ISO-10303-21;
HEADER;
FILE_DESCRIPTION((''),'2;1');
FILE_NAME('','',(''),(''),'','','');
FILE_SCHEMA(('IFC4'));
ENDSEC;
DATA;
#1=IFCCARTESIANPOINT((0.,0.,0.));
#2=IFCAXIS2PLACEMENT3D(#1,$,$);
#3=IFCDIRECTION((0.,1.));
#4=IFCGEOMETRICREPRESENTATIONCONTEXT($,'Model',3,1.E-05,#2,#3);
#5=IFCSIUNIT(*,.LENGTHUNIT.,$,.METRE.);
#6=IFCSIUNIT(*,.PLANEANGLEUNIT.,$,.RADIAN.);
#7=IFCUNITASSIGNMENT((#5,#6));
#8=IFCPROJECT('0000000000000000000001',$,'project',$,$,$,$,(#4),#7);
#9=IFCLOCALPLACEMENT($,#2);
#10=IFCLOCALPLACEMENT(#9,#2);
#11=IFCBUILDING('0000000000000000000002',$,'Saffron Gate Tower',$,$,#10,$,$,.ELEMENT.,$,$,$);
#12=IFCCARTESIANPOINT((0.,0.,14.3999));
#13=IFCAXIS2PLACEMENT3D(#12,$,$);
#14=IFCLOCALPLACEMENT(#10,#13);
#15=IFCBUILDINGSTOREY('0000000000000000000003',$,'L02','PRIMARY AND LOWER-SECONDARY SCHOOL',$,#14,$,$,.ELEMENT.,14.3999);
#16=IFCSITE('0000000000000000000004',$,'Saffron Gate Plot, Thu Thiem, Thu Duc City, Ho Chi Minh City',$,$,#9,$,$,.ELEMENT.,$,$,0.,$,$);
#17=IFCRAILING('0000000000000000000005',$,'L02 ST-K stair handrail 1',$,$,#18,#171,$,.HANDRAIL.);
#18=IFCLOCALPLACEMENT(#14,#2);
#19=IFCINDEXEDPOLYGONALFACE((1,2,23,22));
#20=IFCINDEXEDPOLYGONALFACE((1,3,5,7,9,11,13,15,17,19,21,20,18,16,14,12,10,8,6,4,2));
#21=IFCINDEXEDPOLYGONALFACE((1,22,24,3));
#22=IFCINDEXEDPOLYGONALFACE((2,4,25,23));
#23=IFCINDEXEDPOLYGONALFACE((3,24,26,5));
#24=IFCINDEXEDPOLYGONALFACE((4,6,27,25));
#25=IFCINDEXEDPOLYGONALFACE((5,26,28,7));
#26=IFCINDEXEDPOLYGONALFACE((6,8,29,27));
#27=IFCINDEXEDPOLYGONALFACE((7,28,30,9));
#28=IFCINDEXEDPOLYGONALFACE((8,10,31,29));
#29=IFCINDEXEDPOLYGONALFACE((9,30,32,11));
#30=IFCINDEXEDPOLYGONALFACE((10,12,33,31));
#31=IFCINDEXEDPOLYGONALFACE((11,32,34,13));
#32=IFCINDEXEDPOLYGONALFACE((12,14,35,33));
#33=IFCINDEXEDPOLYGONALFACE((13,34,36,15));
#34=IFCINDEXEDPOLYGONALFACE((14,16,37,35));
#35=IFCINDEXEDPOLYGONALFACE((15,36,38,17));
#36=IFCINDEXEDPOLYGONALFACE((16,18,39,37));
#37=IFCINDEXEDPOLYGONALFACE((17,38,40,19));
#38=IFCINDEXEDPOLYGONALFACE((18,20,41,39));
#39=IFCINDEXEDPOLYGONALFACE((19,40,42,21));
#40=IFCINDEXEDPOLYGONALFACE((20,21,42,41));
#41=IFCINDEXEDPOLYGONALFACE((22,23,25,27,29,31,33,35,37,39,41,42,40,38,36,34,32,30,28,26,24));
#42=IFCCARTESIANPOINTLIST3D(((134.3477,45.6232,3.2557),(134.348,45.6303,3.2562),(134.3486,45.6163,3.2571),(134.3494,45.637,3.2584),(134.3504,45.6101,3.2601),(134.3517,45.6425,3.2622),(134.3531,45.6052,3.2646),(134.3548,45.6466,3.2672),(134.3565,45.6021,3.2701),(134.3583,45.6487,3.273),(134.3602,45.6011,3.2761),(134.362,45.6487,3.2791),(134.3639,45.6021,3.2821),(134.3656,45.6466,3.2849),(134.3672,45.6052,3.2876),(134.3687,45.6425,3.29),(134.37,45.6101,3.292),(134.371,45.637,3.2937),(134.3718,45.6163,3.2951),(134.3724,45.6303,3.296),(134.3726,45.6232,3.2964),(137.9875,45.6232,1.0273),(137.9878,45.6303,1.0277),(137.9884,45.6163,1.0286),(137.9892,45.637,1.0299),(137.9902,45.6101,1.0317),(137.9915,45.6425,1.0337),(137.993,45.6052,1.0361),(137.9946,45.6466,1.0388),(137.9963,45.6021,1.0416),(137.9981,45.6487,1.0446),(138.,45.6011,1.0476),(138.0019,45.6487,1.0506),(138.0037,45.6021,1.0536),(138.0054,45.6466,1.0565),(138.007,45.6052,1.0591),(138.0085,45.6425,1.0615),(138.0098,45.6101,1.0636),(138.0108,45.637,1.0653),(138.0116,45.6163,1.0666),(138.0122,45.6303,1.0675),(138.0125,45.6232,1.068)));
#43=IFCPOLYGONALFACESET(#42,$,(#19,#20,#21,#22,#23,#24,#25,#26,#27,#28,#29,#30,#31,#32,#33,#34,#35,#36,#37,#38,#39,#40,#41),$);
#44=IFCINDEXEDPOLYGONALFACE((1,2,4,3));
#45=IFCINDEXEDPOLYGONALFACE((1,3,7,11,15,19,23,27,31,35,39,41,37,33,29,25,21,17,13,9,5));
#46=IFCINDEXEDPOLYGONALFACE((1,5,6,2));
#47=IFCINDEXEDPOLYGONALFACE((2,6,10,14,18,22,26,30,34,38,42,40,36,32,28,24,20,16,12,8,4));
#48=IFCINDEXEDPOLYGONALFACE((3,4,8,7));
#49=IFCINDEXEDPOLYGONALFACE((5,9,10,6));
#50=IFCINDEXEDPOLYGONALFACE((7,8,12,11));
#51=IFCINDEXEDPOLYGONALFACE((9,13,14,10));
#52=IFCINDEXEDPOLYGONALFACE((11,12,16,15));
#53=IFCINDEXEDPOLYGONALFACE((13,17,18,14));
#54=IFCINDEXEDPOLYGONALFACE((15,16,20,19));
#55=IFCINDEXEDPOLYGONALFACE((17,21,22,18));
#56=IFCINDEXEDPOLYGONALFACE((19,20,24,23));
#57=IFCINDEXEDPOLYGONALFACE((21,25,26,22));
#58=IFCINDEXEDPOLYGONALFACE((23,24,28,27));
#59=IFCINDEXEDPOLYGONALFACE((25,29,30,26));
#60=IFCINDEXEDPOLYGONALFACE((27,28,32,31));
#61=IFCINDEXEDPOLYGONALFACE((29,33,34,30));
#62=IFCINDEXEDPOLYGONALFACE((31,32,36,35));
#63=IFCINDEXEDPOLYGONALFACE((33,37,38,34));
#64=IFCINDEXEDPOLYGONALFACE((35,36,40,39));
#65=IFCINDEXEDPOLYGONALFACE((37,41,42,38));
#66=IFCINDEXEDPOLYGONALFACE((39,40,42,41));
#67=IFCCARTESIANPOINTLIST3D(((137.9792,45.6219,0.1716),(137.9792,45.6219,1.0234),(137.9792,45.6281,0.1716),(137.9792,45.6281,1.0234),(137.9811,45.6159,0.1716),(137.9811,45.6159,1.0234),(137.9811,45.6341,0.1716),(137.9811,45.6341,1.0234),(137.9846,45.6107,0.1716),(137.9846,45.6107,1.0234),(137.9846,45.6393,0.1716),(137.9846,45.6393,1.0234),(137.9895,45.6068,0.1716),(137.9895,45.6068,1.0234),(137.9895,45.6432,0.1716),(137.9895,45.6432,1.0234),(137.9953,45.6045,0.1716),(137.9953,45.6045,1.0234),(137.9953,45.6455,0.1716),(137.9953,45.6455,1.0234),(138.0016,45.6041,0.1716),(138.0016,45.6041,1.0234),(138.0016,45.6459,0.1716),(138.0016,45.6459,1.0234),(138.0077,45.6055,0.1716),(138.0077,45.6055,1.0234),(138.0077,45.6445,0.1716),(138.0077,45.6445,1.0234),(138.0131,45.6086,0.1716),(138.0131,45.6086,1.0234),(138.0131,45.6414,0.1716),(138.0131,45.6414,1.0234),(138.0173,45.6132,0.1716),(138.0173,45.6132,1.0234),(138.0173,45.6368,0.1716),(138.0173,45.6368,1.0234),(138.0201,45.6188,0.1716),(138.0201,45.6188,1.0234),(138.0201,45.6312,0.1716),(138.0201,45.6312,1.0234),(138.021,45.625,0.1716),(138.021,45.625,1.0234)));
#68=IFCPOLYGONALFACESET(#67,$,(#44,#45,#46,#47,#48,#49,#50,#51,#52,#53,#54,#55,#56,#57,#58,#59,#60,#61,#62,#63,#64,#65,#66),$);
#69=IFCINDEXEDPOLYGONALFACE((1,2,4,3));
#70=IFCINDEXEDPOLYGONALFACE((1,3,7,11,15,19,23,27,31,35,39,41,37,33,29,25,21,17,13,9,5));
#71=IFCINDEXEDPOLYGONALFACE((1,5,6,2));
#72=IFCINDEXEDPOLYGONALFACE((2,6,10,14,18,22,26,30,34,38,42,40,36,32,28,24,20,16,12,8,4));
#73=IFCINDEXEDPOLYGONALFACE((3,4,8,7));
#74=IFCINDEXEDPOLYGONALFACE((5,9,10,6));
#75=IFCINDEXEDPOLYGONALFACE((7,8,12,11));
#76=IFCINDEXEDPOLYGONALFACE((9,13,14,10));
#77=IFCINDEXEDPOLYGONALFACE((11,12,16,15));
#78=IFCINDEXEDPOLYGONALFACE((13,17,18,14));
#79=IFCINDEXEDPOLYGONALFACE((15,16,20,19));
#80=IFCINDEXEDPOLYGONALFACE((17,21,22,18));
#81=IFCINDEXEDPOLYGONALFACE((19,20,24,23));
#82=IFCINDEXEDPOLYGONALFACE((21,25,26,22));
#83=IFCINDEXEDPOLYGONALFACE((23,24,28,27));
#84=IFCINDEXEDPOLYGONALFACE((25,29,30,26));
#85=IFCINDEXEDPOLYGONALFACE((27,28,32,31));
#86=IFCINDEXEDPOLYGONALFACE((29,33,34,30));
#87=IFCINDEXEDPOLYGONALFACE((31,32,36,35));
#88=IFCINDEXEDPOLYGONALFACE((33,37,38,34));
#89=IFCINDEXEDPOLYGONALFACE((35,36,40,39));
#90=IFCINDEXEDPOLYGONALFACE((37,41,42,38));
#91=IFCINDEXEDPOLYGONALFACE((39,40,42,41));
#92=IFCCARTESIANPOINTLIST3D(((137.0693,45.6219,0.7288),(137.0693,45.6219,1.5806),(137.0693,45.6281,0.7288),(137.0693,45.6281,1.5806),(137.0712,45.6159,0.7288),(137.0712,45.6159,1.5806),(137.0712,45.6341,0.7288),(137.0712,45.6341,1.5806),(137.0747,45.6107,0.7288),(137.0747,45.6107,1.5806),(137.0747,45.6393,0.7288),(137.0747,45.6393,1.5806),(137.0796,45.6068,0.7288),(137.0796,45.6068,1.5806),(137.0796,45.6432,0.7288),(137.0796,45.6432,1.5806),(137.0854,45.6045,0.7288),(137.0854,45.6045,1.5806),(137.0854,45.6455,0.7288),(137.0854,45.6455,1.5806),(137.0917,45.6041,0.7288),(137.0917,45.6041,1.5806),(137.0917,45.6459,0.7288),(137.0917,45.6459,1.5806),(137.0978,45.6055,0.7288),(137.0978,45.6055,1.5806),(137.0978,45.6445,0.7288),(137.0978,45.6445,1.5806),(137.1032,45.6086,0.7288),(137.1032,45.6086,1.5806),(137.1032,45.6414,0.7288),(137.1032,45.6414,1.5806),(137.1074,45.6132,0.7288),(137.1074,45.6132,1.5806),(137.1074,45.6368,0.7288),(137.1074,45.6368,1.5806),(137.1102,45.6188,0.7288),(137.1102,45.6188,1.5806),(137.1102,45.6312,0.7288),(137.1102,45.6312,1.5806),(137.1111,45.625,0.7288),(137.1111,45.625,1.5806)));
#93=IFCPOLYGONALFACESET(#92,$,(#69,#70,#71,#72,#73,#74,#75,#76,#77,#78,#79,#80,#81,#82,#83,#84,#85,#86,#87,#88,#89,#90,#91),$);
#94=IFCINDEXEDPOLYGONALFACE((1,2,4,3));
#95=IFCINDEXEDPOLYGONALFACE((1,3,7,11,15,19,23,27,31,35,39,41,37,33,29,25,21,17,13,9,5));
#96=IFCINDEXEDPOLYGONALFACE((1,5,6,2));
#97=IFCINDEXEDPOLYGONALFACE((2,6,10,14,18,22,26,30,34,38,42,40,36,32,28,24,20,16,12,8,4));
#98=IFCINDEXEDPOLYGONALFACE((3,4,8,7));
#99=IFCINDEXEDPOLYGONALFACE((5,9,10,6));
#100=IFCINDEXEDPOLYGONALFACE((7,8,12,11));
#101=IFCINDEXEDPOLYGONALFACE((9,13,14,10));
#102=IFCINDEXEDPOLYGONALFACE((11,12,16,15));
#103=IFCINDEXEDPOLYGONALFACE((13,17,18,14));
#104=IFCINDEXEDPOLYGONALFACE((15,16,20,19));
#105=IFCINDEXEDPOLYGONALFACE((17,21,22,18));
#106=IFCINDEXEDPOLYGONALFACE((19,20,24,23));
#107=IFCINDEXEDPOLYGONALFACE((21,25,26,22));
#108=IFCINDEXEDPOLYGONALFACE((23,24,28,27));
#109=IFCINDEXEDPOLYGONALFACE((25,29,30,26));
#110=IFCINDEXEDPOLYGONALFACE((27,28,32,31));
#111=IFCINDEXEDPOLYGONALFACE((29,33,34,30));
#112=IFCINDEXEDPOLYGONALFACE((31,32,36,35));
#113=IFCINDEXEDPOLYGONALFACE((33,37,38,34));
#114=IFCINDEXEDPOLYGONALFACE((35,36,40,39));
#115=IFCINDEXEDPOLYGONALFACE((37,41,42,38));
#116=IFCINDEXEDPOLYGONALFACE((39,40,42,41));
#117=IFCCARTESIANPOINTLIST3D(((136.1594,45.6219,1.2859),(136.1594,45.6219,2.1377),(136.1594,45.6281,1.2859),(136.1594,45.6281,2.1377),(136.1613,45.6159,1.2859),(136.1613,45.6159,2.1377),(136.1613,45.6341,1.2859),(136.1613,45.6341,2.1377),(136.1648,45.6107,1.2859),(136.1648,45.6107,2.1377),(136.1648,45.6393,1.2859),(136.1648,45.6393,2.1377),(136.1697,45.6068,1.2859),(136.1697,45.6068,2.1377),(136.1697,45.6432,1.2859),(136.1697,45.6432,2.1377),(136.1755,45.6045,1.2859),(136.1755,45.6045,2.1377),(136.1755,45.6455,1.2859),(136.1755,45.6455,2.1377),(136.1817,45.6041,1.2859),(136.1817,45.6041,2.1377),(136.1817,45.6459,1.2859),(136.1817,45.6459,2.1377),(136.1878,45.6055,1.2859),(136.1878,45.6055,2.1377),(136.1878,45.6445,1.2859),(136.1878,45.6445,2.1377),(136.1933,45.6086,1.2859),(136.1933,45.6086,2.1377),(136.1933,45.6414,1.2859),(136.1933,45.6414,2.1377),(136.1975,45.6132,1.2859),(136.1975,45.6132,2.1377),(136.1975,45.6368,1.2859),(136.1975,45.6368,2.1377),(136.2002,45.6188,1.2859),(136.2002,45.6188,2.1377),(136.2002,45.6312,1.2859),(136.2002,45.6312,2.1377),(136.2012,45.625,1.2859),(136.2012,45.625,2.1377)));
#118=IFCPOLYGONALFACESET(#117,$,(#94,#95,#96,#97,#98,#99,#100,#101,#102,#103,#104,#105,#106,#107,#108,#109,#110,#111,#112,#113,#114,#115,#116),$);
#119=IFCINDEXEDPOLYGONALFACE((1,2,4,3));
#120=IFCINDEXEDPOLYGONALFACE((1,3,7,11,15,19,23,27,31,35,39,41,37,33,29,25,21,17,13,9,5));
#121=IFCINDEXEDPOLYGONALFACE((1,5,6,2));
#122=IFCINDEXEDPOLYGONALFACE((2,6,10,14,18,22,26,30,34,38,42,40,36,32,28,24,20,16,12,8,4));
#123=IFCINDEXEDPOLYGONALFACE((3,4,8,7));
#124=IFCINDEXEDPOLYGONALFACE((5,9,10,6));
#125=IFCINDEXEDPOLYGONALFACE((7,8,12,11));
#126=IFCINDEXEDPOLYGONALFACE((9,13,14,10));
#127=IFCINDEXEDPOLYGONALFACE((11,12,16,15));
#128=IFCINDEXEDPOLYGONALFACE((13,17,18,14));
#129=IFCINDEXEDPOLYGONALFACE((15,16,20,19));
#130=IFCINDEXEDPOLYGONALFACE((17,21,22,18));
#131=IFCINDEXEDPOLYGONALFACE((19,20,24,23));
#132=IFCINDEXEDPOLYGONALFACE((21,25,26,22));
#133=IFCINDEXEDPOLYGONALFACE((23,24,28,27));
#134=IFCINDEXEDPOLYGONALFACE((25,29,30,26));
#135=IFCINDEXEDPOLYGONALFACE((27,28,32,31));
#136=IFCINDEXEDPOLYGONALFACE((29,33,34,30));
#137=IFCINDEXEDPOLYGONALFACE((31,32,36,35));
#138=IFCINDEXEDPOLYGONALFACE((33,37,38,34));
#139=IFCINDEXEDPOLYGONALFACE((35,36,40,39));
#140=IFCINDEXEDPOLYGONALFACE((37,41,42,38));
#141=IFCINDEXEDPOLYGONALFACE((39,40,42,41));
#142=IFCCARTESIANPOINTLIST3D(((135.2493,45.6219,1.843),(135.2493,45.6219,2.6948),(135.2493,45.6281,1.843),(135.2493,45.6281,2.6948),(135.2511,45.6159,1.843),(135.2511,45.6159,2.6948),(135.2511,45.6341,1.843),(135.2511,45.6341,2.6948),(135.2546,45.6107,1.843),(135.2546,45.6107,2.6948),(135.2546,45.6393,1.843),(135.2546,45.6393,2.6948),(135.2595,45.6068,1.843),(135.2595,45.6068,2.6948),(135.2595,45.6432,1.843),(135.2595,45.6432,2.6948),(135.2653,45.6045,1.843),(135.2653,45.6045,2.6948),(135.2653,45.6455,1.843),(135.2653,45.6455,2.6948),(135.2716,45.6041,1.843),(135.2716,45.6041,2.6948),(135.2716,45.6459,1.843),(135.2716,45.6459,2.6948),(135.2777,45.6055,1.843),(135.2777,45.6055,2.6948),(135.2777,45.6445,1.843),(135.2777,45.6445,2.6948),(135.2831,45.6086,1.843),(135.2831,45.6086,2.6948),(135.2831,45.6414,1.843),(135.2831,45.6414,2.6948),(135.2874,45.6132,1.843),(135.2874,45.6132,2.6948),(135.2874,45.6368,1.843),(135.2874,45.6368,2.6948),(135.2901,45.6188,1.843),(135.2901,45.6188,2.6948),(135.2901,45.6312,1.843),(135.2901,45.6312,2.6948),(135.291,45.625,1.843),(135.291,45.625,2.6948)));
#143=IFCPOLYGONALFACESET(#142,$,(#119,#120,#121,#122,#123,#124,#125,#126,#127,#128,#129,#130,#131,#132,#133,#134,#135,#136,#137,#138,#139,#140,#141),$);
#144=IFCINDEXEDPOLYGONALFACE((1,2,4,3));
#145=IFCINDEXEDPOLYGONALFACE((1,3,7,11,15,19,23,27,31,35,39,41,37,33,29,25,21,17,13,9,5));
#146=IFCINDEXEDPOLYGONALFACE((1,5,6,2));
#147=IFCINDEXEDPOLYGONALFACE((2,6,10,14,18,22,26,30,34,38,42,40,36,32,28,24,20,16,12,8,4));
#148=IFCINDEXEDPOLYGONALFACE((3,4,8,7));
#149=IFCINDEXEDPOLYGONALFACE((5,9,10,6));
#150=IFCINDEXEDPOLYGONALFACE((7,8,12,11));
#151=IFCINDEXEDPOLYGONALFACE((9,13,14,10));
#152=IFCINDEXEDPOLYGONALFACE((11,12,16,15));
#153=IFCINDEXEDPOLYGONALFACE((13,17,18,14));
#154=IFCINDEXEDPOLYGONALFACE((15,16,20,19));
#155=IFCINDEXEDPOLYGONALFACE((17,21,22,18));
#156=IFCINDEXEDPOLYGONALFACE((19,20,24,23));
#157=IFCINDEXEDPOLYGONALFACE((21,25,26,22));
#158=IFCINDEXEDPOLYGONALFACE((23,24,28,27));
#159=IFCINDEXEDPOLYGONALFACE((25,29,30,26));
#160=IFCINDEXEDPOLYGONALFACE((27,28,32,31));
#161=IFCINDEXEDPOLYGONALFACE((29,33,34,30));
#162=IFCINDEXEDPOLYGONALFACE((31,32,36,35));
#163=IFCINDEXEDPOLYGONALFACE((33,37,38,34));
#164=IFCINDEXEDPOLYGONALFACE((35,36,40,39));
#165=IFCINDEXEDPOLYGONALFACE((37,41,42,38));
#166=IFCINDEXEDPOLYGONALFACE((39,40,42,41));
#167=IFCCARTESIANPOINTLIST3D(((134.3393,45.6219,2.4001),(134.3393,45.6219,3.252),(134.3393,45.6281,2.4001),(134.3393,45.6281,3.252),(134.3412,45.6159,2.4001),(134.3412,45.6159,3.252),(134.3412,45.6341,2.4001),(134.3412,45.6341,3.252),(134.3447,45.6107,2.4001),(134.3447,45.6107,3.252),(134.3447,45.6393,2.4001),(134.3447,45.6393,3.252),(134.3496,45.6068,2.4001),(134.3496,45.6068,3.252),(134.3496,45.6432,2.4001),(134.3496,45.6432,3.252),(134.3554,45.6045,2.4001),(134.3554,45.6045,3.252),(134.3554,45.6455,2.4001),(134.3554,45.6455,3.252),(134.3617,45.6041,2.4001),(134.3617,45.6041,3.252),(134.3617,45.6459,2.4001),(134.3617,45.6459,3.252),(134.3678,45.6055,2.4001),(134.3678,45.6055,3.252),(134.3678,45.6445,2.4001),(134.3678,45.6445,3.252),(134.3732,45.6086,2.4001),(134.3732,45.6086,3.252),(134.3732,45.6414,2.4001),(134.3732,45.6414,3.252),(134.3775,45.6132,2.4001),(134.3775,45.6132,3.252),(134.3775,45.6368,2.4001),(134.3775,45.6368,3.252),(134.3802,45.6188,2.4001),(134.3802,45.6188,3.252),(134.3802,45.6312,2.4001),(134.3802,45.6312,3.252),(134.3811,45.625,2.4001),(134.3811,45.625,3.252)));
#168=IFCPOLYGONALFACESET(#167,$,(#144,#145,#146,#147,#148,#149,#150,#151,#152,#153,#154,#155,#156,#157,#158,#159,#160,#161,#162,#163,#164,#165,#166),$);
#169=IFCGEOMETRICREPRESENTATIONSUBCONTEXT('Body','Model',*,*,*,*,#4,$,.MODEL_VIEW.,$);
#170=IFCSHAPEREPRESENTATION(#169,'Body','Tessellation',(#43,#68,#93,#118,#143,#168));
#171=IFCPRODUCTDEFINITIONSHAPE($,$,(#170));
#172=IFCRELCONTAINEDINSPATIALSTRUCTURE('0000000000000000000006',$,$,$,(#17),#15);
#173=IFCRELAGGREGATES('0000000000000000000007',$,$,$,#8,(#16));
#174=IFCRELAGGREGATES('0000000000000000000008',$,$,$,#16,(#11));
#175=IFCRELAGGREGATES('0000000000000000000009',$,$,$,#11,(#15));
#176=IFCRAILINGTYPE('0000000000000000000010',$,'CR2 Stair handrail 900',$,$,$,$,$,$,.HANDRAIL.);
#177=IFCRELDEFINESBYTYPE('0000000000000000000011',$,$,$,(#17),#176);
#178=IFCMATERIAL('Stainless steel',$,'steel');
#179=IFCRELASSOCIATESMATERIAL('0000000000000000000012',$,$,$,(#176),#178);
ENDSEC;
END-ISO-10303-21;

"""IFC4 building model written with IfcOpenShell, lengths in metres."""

from ifc_helpers import new_model, si_unit, direction, frame, origin, origin_2d, place, context, subcontext, project, spatial, circle, extrude, material, type_object, element, save


model = new_model("IFC4")

# Units and contexts
model_context = context("Model", 3, precision=1e-05, world=origin(), true_north=direction((0.0, 1.0)))
body_context = subcontext(model_context, "Body", "Model", "MODEL_VIEW")
ifc_project = project(units=[si_unit("LENGTHUNIT", "METRE"), si_unit("PLANEANGLEUNIT", "RADIAN")], contexts=[model_context])

# Site, building, storey
site_placement = place(None, origin())
site = spatial("IfcSite", under=ifc_project, at=site_placement, Name="Saffron Gate Plot, Thu Thiem, Thu Duc City, Ho Chi Minh City", CompositionType="ELEMENT", RefElevation=0.0)
building_placement = place(site_placement, origin())
building = spatial("IfcBuilding", under=site, at=building_placement, Name="Saffron Gate Tower", CompositionType="ELEMENT")
storey_placement = place(building_placement, frame((0.0, 0.0, 14.3999)))
storey = spatial("IfcBuildingStorey", under=building, at=storey_placement, Name="L02", Description="PRIMARY AND LOWER-SECONDARY SCHOOL", CompositionType="ELEMENT", Elevation=14.3999)

# Railing
ifc_material_1 = material(Name="Stainless steel", Category="steel")
railing_type_1 = type_object("IfcRailingType", Name="CR2 Stair handrail 900", PredefinedType="HANDRAIL", material=ifc_material_1)
railing_1_placement = place(storey_placement, frame((138.0, 45.625, 0.1716)))
element("IfcRailing", 1, at=railing_1_placement, inside=storey, type_object=railing_type_1, Name="L02 ST-K stair handrail 1", PredefinedType="HANDRAIL", context=body_context, shape_type="SweptSolid", body=[
    extrude(circle(Radius=0.0239, at=origin_2d()), frame((0.0, 0.0, 0.876), z_axis=(-0.85285, 0.0, 0.522156), x_axis=(0.0, -1.0, 0.0)), (0.0, 0.0, 1.0), 4.2678),
    extrude(circle(Radius=0.021, at=origin_2d()), origin(), (0.0, 0.0, 1.0), 0.8518),
    extrude(circle(Radius=0.021, at=origin_2d()), frame((-0.9099, 0.0, 0.5571)), (0.0, 0.0, 1.0), 0.8518),
    extrude(circle(Radius=0.021, at=origin_2d()), frame((-1.8198, 0.0, 1.1143)), (0.0, 0.0, 1.0), 0.8518),
    extrude(circle(Radius=0.021, at=origin_2d()), frame((-2.73, 0.0, 1.6714)), (0.0, 0.0, 1.0), 0.8518),
    extrude(circle(Radius=0.021, at=origin_2d()), frame((-3.6399, 0.0, 2.2285)), (0.0, 0.0, 1.0), 0.8518),
])

save(model, "model.ifc")
